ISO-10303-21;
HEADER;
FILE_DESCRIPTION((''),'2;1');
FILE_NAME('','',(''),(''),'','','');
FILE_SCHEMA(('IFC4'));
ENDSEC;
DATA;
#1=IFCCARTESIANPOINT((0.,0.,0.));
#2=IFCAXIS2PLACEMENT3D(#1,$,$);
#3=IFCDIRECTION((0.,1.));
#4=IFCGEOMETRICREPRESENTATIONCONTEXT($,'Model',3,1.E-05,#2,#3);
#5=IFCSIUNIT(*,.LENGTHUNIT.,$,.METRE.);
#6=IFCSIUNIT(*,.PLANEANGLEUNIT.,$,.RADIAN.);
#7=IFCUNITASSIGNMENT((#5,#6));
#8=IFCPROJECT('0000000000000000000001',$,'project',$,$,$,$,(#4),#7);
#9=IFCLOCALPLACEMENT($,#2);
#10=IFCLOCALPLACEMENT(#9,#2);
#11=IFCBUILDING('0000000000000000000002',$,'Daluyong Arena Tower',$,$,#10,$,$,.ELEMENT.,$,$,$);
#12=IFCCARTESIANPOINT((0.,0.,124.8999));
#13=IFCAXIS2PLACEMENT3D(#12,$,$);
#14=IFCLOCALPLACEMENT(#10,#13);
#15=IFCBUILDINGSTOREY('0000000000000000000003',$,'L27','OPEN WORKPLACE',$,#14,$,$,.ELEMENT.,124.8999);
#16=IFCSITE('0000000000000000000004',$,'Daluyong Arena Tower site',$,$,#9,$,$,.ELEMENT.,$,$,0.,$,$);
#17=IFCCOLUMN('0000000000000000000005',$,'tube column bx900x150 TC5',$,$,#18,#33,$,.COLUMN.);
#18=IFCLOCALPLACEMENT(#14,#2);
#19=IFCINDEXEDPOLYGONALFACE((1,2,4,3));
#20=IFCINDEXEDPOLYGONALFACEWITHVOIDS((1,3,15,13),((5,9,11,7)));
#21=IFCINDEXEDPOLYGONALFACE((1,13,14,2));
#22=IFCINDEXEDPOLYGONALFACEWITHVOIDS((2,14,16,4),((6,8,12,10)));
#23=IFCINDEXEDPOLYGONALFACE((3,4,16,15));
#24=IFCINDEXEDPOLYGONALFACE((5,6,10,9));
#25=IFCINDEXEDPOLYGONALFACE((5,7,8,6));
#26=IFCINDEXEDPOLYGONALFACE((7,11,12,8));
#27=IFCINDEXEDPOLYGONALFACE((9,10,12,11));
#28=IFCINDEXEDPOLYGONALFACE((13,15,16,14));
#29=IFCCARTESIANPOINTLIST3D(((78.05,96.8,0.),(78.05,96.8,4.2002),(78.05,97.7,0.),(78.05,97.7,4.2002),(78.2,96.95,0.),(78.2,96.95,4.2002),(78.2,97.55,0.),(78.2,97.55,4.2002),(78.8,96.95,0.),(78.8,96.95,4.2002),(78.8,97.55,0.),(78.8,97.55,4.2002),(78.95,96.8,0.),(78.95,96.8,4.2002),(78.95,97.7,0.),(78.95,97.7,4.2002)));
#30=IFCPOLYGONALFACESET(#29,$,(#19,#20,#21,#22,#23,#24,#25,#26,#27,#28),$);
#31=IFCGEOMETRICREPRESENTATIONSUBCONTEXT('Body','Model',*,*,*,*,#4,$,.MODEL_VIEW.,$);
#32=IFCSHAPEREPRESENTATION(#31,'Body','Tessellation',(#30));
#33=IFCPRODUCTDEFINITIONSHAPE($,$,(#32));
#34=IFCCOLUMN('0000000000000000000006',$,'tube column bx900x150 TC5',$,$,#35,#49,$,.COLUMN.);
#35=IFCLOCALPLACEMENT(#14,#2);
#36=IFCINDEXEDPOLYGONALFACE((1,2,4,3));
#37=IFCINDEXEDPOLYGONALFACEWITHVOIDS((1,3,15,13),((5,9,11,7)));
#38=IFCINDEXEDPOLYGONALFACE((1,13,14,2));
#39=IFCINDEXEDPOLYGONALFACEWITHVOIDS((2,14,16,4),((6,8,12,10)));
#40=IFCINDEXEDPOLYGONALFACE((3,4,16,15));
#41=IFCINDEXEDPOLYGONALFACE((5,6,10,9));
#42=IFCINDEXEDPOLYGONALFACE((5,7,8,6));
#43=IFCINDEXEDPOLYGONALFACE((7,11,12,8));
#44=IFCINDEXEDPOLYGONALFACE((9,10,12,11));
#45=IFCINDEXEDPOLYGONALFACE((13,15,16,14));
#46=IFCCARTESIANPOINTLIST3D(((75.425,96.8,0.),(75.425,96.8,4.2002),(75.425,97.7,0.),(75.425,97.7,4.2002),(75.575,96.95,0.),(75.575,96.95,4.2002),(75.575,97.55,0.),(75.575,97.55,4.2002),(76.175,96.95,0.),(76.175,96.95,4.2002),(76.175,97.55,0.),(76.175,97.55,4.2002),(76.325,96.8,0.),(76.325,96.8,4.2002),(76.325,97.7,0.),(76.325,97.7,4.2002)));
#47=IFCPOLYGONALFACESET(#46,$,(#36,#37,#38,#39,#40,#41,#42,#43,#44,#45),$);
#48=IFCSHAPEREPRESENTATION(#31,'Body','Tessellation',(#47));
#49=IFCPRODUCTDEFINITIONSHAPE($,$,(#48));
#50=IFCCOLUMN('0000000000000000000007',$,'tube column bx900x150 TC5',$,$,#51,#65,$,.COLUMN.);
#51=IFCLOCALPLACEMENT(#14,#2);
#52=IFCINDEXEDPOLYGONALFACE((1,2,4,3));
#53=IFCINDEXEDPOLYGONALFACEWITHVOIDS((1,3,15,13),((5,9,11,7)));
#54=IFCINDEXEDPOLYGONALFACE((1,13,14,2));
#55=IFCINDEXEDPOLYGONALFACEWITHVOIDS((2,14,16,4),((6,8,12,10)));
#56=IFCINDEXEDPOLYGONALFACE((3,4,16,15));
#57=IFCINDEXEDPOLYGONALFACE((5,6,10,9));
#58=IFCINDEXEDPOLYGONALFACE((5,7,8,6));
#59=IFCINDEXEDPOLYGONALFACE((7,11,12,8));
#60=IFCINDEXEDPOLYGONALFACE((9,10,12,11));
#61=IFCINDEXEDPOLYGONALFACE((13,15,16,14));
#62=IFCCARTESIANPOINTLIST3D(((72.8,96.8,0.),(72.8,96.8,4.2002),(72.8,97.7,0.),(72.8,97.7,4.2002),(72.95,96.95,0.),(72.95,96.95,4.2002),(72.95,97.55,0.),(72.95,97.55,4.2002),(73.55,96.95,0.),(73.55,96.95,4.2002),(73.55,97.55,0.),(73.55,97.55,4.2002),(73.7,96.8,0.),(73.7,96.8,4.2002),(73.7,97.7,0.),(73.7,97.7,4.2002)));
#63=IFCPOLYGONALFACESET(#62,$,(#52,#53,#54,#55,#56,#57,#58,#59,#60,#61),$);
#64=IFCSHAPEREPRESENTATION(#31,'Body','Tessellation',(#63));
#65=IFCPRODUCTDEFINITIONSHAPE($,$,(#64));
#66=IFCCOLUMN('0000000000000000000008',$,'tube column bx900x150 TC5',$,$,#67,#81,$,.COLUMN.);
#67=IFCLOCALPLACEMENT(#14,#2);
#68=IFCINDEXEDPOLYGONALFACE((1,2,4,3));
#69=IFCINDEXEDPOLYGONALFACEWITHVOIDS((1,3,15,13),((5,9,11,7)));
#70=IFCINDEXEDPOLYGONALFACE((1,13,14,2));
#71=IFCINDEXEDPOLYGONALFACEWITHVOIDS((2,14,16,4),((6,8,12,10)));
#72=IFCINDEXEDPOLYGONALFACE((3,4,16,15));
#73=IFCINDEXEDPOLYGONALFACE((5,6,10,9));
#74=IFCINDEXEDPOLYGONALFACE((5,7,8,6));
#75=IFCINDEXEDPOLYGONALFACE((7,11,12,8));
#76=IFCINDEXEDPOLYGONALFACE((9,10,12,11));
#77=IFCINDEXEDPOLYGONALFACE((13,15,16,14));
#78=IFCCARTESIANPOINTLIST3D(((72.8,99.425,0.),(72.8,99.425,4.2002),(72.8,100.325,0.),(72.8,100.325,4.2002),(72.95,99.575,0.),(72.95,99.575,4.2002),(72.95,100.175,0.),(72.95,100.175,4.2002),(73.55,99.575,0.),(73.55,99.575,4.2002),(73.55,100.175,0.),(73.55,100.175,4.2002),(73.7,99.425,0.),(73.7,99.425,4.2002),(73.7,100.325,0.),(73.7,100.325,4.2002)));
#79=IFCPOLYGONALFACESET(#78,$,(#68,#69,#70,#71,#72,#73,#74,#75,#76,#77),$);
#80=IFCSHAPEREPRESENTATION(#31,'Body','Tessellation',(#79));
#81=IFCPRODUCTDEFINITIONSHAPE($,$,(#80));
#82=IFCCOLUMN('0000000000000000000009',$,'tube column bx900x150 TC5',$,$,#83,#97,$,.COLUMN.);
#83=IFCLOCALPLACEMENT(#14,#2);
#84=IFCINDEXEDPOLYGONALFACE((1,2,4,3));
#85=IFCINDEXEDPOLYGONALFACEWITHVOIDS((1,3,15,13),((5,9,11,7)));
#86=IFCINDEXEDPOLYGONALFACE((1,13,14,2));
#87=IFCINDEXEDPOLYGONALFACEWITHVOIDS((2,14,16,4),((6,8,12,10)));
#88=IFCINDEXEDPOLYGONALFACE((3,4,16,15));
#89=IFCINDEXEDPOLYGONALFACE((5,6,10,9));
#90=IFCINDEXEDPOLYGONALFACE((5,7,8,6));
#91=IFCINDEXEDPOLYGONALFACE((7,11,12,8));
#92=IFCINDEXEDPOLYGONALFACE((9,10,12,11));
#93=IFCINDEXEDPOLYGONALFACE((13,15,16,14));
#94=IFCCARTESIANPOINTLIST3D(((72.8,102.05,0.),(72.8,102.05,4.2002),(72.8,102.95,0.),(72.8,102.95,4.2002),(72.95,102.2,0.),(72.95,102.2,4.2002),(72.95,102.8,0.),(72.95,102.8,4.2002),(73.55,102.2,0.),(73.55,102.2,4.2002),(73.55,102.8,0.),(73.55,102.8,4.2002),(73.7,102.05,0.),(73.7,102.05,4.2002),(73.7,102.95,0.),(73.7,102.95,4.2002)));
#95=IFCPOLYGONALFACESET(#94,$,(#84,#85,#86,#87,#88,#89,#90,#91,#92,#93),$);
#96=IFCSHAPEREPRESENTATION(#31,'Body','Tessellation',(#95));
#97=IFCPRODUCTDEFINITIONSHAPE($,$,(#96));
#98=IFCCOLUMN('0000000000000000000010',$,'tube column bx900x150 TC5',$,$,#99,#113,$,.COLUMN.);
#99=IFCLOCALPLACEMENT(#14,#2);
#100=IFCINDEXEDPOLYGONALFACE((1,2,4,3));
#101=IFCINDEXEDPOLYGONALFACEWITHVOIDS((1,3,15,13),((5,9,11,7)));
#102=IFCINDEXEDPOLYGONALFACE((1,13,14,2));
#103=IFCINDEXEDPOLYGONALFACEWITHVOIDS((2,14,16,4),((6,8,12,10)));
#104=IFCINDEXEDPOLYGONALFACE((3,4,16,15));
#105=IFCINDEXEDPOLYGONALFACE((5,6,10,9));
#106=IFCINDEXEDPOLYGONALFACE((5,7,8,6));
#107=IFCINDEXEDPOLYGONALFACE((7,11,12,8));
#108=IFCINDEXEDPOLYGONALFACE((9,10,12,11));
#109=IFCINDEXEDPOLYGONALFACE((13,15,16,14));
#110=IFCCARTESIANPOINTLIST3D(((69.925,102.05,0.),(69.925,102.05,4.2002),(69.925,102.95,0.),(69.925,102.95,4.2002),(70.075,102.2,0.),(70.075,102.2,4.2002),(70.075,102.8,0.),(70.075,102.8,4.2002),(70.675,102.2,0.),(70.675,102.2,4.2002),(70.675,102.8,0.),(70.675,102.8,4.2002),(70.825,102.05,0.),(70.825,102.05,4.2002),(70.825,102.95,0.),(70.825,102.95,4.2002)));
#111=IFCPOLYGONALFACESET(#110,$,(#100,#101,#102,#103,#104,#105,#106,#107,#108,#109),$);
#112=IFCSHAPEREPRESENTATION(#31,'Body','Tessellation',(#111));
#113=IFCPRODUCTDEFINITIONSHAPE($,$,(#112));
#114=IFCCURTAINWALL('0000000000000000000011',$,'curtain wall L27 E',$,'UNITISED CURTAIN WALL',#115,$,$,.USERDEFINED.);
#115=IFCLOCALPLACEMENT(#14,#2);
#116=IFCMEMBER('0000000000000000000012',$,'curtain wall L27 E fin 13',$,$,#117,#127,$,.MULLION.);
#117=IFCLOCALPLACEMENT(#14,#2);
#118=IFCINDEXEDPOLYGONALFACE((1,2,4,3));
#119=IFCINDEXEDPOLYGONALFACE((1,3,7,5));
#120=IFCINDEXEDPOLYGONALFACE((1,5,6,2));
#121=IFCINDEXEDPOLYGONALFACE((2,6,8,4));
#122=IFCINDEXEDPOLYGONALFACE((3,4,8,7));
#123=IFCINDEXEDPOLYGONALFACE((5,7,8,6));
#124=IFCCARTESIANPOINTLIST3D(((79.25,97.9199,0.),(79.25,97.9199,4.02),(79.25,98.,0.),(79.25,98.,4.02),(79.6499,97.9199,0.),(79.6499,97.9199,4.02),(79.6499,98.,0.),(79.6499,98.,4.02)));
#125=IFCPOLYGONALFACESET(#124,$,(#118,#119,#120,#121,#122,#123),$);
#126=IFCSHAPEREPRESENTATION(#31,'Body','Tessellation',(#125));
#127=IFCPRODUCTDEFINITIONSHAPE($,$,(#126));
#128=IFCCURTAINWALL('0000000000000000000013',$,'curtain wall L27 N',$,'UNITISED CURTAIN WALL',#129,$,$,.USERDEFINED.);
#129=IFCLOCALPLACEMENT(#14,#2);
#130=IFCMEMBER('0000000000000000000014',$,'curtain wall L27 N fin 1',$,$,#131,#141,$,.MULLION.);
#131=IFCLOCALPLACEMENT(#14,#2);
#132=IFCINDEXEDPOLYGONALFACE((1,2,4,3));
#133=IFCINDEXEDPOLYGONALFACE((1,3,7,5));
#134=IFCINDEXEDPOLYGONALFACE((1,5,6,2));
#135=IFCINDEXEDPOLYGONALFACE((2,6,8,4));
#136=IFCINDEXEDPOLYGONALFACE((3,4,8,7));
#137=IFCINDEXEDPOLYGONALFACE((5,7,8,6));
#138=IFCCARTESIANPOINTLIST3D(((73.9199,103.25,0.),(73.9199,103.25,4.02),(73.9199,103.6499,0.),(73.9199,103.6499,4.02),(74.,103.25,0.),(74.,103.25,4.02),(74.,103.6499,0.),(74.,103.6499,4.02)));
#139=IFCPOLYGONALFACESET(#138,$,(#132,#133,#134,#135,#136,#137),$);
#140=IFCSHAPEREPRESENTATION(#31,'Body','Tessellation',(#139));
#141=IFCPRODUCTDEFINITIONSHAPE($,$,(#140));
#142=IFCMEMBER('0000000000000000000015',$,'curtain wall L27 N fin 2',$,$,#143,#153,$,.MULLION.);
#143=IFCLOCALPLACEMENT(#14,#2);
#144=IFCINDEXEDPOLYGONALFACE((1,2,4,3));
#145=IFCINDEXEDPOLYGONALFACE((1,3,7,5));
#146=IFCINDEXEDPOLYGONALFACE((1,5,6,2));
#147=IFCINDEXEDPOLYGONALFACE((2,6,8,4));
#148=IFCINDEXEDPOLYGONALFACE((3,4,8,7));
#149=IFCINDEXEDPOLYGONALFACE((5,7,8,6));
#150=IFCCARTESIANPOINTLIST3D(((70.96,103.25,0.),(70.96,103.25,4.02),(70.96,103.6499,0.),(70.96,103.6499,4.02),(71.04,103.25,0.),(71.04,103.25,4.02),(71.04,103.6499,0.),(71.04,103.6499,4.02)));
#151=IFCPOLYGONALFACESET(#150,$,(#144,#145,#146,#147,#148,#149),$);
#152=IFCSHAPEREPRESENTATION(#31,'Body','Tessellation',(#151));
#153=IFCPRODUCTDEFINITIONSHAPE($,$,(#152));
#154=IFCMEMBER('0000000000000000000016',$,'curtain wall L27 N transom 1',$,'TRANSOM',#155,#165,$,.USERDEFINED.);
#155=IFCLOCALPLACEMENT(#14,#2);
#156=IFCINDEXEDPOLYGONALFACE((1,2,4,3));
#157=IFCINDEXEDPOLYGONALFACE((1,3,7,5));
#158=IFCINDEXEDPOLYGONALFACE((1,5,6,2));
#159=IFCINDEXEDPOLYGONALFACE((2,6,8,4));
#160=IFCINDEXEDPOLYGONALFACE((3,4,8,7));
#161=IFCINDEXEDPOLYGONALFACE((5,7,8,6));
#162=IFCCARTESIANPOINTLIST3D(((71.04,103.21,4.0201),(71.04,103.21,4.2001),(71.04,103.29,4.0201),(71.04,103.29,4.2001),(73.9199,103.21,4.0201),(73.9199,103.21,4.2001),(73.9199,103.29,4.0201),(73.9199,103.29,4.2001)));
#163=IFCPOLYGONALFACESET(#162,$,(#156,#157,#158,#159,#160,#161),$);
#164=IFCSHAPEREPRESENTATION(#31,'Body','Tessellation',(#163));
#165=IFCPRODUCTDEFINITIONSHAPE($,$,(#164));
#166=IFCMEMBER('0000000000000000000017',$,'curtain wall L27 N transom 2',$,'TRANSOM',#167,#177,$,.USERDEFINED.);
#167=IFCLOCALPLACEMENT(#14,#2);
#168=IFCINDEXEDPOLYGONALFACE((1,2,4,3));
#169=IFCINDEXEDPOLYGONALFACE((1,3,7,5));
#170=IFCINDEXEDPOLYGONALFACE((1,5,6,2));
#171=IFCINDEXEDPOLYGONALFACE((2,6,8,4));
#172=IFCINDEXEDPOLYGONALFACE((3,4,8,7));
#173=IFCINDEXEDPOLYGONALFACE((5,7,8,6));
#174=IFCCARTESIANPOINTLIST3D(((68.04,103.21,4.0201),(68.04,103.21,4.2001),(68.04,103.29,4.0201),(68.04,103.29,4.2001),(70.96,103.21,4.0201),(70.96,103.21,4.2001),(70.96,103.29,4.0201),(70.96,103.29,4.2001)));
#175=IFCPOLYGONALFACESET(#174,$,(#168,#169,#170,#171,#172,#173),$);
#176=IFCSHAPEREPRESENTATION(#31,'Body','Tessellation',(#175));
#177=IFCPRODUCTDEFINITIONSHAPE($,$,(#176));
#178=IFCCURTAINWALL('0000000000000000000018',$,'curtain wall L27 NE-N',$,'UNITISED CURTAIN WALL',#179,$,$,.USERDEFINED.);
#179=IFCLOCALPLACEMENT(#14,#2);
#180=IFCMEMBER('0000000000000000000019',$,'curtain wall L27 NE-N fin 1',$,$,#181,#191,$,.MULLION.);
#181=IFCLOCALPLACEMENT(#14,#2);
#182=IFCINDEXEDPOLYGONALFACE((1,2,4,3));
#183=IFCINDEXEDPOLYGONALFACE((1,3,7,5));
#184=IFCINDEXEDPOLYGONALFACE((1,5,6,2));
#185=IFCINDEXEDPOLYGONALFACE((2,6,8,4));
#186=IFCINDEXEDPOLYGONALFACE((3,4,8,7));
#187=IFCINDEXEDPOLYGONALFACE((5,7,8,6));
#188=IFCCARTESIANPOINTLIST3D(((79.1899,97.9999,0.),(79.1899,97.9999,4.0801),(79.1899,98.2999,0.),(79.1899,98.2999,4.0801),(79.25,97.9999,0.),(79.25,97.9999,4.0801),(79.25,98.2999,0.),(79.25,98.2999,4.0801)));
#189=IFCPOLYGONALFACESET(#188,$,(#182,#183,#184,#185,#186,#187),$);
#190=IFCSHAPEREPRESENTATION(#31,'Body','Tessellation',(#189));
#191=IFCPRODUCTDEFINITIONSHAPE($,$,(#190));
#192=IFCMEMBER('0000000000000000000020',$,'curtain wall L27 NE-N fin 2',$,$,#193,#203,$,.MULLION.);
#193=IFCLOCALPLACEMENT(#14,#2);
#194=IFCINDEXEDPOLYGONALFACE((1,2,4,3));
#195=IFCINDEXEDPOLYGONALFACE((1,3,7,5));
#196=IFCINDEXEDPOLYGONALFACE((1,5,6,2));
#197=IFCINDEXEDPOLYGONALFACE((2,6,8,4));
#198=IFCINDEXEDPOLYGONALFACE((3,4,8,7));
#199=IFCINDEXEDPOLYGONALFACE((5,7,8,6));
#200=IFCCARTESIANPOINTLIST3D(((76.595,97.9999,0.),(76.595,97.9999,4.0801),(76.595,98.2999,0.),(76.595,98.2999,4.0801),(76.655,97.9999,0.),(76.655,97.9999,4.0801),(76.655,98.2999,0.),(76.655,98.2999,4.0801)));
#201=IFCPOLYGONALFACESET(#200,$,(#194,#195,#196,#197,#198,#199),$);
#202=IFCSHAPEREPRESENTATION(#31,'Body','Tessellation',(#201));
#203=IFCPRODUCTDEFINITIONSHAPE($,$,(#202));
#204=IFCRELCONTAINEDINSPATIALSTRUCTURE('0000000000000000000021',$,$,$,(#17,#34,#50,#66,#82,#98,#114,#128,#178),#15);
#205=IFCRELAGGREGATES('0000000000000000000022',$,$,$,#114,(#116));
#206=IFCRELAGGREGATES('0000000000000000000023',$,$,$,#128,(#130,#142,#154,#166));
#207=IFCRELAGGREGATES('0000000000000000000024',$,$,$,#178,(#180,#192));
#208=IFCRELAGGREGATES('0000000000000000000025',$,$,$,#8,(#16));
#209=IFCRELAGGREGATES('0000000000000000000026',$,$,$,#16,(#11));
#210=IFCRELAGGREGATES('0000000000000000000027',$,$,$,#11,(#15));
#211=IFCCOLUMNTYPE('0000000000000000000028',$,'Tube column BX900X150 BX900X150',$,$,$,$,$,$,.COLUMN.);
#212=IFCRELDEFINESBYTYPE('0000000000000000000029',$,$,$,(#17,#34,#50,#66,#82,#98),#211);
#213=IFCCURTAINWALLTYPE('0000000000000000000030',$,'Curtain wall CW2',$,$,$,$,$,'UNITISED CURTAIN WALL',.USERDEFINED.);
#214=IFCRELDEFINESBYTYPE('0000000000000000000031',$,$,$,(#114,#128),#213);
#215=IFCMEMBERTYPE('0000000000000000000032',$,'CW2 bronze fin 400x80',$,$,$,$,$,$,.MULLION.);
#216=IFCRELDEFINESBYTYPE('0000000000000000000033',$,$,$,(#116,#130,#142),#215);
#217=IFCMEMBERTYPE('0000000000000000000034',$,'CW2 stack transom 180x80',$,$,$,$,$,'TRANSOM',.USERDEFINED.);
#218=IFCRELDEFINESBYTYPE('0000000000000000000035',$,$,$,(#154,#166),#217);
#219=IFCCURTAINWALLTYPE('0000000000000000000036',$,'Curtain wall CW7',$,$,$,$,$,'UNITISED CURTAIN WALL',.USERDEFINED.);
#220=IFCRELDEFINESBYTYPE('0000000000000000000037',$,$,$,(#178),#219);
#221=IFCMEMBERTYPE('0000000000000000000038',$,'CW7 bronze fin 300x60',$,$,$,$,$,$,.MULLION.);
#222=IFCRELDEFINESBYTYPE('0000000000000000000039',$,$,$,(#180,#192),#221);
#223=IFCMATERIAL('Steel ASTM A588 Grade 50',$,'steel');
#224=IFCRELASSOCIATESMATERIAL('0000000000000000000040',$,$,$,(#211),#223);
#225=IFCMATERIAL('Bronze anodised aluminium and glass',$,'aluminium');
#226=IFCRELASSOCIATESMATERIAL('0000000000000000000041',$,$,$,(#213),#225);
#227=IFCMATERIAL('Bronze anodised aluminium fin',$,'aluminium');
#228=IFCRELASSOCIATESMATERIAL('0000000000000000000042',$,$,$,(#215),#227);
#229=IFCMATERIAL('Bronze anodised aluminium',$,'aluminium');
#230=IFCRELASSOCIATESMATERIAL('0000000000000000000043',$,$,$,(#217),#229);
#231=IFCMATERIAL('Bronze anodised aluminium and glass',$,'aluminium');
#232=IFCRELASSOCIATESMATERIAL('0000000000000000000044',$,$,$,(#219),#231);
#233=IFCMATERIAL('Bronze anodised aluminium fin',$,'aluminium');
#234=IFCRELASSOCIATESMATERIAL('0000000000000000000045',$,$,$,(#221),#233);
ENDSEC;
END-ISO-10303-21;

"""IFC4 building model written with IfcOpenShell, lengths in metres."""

from ifc_helpers import new_model, si_unit, direction, frame, origin, origin_2d, place, context, subcontext, project, spatial, rectangle, hollow_rectangle, extrude, material, material_profile, profile_set, type_object, element, aggregate, save


model = new_model("IFC4")

# Units and contexts
model_context = context("Model", 3, precision=1e-05, world=origin(), true_north=direction((0.0, 1.0)))
body_context = subcontext(model_context, "Body", "Model", "MODEL_VIEW")
ifc_project = project(units=[si_unit("LENGTHUNIT", "METRE"), si_unit("PLANEANGLEUNIT", "RADIAN")], contexts=[model_context])

# Site, building, storey
site_placement = place(None, origin())
site = spatial("IfcSite", under=ifc_project, at=site_placement, Name="Daluyong Arena Tower site", CompositionType="ELEMENT", RefElevation=0.0)
building_placement = place(site_placement, origin())
building = spatial("IfcBuilding", under=site, at=building_placement, Name="Daluyong Arena Tower", CompositionType="ELEMENT")
storey_placement = place(building_placement, frame((0.0, 0.0, 124.8999)))
storey = spatial("IfcBuildingStorey", under=building, at=storey_placement, Name="L27", Description="OPEN WORKPLACE", CompositionType="ELEMENT", Elevation=124.8999)

# Columns
ifc_material_1 = material(Name="Steel ASTM A588 Grade 50", Category="steel")
ifc_material_profile_1 = material_profile(ifc_material_1, hollow_rectangle(XDim=0.8999, YDim=0.8999, WallThickness=0.15, at=origin_2d()))
ifc_profile_set_1 = profile_set([ifc_material_profile_1], Name="Steel ASTM A588 Grade 50")
column_type = type_object("IfcColumnType", Name="Tube column BX900X150 BX900X150", PredefinedType="COLUMN", material=ifc_profile_set_1)
for number, where, z_axis, x_axis, name in (
    (1, (78.5, 97.25, 0.0), (0.0, 0.0, 1.0), (1.0, 0.0, 0.0), "tube column bx900x150 TC5"),
    (2, (75.875, 97.25, 0.0), (0.0, 0.0, 1.0), (1.0, 0.0, 0.0), "tube column bx900x150 TC5"),
    (3, (73.25, 97.25, 0.0), (0.0, 0.0, 1.0), (0.0, 1.0, 0.0), "tube column bx900x150 TC5"),
    (4, (73.25, 99.875, 0.0), (0.0, 0.0, 1.0), (0.0, 1.0, 0.0), "tube column bx900x150 TC5"),
    (5, (73.25, 102.5, 0.0), (0.0, 0.0, 1.0), (1.0, 0.0, 0.0), "tube column bx900x150 TC5"),
    (6, (70.375, 102.5, 0.0), (0.0, 0.0, 1.0), (1.0, 0.0, 0.0), "tube column bx900x150 TC5"),
):
    element("IfcColumn", number, at=place(storey_placement, frame(where, z_axis=z_axis, x_axis=x_axis)), inside=storey, type_object=column_type, Name=name, PredefinedType="COLUMN", context=body_context, shape_type="SweptSolid", body=[
        extrude(hollow_rectangle(XDim=0.8999, YDim=0.8999, WallThickness=0.15, at=origin_2d()), origin(), (0.0, 0.0, 1.0), 4.2002),
    ])

# Curtain wall, member
ifc_material_2 = material(Name="Bronze anodised aluminium and glass", Category="aluminium")
curtain_wall_type_1 = type_object("IfcCurtainWallType", Name="Curtain wall CW2", ElementType="UNITISED CURTAIN WALL", PredefinedType="USERDEFINED", material=ifc_material_2)
curtain_wall_1_placement = place(storey_placement, origin())
curtain_wall_1 = element("IfcCurtainWall", 7, at=curtain_wall_1_placement, inside=storey, type_object=curtain_wall_type_1, Name="curtain wall L27 E", ObjectType="UNITISED CURTAIN WALL", PredefinedType="USERDEFINED")
ifc_material_3 = material(Name="Bronze anodised aluminium fin", Category="aluminium")
ifc_material_profile_2 = material_profile(ifc_material_3, rectangle(XDim=0.3999, YDim=0.0801, at=origin_2d()))
ifc_profile_set_2 = profile_set([ifc_material_profile_2], Name="Bronze anodised aluminium fin")
member_type_1 = type_object("IfcMemberType", Name="CW2 bronze fin 400x80", PredefinedType="MULLION", material=ifc_profile_set_2)
member_1_placement = place(storey_placement, frame((79.45, 97.96, 0.0), z_axis=(0.0, 0.0, 1.0), x_axis=(-1.0, 0.0, 0.0)))
member_1 = element("IfcMember", 8, at=member_1_placement, type_object=member_type_1, Name="curtain wall L27 E fin 13", PredefinedType="MULLION", context=body_context, shape_type="SweptSolid", body=[
    extrude(rectangle(XDim=0.3999, YDim=0.0801, at=origin_2d()), origin(), (0.0, 0.0, 1.0), 4.02),
])
aggregate(curtain_wall_1, [member_1])

# Curtain walls, members
curtain_wall_2_placement = place(storey_placement, origin())
curtain_wall_2 = element("IfcCurtainWall", 9, at=curtain_wall_2_placement, inside=storey, type_object=curtain_wall_type_1, Name="curtain wall L27 N", ObjectType="UNITISED CURTAIN WALL", PredefinedType="USERDEFINED")
member_2_placement = place(storey_placement, frame((73.96, 103.45, 0.0), z_axis=(0.0, 0.0, 1.0), x_axis=(0.0, -1.0, 0.0)))
member_2 = element("IfcMember", 10, at=member_2_placement, type_object=member_type_1, Name="curtain wall L27 N fin 1", PredefinedType="MULLION", context=body_context, shape_type="SweptSolid", body=[
    extrude(rectangle(XDim=0.3999, YDim=0.0801, at=origin_2d()), origin(), (0.0, 0.0, 1.0), 4.02),
])
member_3_placement = place(storey_placement, frame((71.0, 103.45, 0.0), z_axis=(0.0, 0.0, 1.0), x_axis=(0.0, -1.0, 0.0)))
member_3 = element("IfcMember", 11, at=member_3_placement, type_object=member_type_1, Name="curtain wall L27 N fin 2", PredefinedType="MULLION", context=body_context, shape_type="SweptSolid", body=[
    extrude(rectangle(XDim=0.3999, YDim=0.0801, at=origin_2d()), origin(), (0.0, 0.0, 1.0), 4.02),
])
ifc_material_4 = material(Name="Bronze anodised aluminium", Category="aluminium")
ifc_material_profile_3 = material_profile(ifc_material_4, rectangle(XDim=0.0801, YDim=0.1799, at=origin_2d()))
ifc_profile_set_3 = profile_set([ifc_material_profile_3], Name="Bronze anodised aluminium")
member_type_2 = type_object("IfcMemberType", Name="CW2 stack transom 180x80", ElementType="TRANSOM", PredefinedType="USERDEFINED", material=ifc_profile_set_3)
member_4_placement = place(storey_placement, frame((73.9199, 103.25, 4.1101), z_axis=(-1.0, 0.0, 0.0), x_axis=(0.0, -1.0, 0.0)))
member_4 = element("IfcMember", 12, at=member_4_placement, type_object=member_type_2, Name="curtain wall L27 N transom 1", ObjectType="TRANSOM", PredefinedType="USERDEFINED", context=body_context, shape_type="SweptSolid", body=[
    extrude(rectangle(XDim=0.0801, YDim=0.1799, at=origin_2d()), origin(), (0.0, 0.0, 1.0), 2.8799),
])
member_5_placement = place(storey_placement, frame((70.96, 103.25, 4.1101), z_axis=(-1.0, 0.0, 0.0), x_axis=(0.0, -1.0, 0.0)))
member_5 = element("IfcMember", 13, at=member_5_placement, type_object=member_type_2, Name="curtain wall L27 N transom 2", ObjectType="TRANSOM", PredefinedType="USERDEFINED", context=body_context, shape_type="SweptSolid", body=[
    extrude(rectangle(XDim=0.0801, YDim=0.1799, at=origin_2d()), origin(), (0.0, 0.0, 1.0), 2.9199),
])
ifc_material_5 = material(Name="Bronze anodised aluminium and glass", Category="aluminium")
curtain_wall_type_2 = type_object("IfcCurtainWallType", Name="Curtain wall CW7", ElementType="UNITISED CURTAIN WALL", PredefinedType="USERDEFINED", material=ifc_material_5)
curtain_wall_3_placement = place(storey_placement, origin())
curtain_wall_3 = element("IfcCurtainWall", 14, at=curtain_wall_3_placement, inside=storey, type_object=curtain_wall_type_2, Name="curtain wall L27 NE-N", ObjectType="UNITISED CURTAIN WALL", PredefinedType="USERDEFINED")
ifc_material_6 = material(Name="Bronze anodised aluminium fin", Category="aluminium")
ifc_material_profile_4 = material_profile(ifc_material_6, rectangle(XDim=0.3, YDim=0.0601, at=origin_2d()))
ifc_profile_set_4 = profile_set([ifc_material_profile_4], Name="Bronze anodised aluminium fin")
member_type_3 = type_object("IfcMemberType", Name="CW7 bronze fin 300x60", PredefinedType="MULLION", material=ifc_profile_set_4)
member_6_placement = place(storey_placement, frame((79.22, 98.1499, 0.0), z_axis=(0.0, 0.0, 1.0), x_axis=(0.0, -1.0, 0.0)))
member_6 = element("IfcMember", 15, at=member_6_placement, type_object=member_type_3, Name="curtain wall L27 NE-N fin 1", PredefinedType="MULLION", context=body_context, shape_type="SweptSolid", body=[
    extrude(rectangle(XDim=0.3, YDim=0.0601, at=origin_2d()), origin(), (0.0, 0.0, 1.0), 4.0801),
])
member_7_placement = place(storey_placement, frame((76.625, 98.1499, 0.0), z_axis=(0.0, 0.0, 1.0), x_axis=(0.0, -1.0, 0.0)))
member_7 = element("IfcMember", 16, at=member_7_placement, type_object=member_type_3, Name="curtain wall L27 NE-N fin 2", PredefinedType="MULLION", context=body_context, shape_type="SweptSolid", body=[
    extrude(rectangle(XDim=0.3, YDim=0.0601, at=origin_2d()), origin(), (0.0, 0.0, 1.0), 4.0801),
])

aggregate(curtain_wall_2, [member_2, member_3, member_4, member_5])
aggregate(curtain_wall_3, [member_6, member_7])

save(model, "model.ifc")
